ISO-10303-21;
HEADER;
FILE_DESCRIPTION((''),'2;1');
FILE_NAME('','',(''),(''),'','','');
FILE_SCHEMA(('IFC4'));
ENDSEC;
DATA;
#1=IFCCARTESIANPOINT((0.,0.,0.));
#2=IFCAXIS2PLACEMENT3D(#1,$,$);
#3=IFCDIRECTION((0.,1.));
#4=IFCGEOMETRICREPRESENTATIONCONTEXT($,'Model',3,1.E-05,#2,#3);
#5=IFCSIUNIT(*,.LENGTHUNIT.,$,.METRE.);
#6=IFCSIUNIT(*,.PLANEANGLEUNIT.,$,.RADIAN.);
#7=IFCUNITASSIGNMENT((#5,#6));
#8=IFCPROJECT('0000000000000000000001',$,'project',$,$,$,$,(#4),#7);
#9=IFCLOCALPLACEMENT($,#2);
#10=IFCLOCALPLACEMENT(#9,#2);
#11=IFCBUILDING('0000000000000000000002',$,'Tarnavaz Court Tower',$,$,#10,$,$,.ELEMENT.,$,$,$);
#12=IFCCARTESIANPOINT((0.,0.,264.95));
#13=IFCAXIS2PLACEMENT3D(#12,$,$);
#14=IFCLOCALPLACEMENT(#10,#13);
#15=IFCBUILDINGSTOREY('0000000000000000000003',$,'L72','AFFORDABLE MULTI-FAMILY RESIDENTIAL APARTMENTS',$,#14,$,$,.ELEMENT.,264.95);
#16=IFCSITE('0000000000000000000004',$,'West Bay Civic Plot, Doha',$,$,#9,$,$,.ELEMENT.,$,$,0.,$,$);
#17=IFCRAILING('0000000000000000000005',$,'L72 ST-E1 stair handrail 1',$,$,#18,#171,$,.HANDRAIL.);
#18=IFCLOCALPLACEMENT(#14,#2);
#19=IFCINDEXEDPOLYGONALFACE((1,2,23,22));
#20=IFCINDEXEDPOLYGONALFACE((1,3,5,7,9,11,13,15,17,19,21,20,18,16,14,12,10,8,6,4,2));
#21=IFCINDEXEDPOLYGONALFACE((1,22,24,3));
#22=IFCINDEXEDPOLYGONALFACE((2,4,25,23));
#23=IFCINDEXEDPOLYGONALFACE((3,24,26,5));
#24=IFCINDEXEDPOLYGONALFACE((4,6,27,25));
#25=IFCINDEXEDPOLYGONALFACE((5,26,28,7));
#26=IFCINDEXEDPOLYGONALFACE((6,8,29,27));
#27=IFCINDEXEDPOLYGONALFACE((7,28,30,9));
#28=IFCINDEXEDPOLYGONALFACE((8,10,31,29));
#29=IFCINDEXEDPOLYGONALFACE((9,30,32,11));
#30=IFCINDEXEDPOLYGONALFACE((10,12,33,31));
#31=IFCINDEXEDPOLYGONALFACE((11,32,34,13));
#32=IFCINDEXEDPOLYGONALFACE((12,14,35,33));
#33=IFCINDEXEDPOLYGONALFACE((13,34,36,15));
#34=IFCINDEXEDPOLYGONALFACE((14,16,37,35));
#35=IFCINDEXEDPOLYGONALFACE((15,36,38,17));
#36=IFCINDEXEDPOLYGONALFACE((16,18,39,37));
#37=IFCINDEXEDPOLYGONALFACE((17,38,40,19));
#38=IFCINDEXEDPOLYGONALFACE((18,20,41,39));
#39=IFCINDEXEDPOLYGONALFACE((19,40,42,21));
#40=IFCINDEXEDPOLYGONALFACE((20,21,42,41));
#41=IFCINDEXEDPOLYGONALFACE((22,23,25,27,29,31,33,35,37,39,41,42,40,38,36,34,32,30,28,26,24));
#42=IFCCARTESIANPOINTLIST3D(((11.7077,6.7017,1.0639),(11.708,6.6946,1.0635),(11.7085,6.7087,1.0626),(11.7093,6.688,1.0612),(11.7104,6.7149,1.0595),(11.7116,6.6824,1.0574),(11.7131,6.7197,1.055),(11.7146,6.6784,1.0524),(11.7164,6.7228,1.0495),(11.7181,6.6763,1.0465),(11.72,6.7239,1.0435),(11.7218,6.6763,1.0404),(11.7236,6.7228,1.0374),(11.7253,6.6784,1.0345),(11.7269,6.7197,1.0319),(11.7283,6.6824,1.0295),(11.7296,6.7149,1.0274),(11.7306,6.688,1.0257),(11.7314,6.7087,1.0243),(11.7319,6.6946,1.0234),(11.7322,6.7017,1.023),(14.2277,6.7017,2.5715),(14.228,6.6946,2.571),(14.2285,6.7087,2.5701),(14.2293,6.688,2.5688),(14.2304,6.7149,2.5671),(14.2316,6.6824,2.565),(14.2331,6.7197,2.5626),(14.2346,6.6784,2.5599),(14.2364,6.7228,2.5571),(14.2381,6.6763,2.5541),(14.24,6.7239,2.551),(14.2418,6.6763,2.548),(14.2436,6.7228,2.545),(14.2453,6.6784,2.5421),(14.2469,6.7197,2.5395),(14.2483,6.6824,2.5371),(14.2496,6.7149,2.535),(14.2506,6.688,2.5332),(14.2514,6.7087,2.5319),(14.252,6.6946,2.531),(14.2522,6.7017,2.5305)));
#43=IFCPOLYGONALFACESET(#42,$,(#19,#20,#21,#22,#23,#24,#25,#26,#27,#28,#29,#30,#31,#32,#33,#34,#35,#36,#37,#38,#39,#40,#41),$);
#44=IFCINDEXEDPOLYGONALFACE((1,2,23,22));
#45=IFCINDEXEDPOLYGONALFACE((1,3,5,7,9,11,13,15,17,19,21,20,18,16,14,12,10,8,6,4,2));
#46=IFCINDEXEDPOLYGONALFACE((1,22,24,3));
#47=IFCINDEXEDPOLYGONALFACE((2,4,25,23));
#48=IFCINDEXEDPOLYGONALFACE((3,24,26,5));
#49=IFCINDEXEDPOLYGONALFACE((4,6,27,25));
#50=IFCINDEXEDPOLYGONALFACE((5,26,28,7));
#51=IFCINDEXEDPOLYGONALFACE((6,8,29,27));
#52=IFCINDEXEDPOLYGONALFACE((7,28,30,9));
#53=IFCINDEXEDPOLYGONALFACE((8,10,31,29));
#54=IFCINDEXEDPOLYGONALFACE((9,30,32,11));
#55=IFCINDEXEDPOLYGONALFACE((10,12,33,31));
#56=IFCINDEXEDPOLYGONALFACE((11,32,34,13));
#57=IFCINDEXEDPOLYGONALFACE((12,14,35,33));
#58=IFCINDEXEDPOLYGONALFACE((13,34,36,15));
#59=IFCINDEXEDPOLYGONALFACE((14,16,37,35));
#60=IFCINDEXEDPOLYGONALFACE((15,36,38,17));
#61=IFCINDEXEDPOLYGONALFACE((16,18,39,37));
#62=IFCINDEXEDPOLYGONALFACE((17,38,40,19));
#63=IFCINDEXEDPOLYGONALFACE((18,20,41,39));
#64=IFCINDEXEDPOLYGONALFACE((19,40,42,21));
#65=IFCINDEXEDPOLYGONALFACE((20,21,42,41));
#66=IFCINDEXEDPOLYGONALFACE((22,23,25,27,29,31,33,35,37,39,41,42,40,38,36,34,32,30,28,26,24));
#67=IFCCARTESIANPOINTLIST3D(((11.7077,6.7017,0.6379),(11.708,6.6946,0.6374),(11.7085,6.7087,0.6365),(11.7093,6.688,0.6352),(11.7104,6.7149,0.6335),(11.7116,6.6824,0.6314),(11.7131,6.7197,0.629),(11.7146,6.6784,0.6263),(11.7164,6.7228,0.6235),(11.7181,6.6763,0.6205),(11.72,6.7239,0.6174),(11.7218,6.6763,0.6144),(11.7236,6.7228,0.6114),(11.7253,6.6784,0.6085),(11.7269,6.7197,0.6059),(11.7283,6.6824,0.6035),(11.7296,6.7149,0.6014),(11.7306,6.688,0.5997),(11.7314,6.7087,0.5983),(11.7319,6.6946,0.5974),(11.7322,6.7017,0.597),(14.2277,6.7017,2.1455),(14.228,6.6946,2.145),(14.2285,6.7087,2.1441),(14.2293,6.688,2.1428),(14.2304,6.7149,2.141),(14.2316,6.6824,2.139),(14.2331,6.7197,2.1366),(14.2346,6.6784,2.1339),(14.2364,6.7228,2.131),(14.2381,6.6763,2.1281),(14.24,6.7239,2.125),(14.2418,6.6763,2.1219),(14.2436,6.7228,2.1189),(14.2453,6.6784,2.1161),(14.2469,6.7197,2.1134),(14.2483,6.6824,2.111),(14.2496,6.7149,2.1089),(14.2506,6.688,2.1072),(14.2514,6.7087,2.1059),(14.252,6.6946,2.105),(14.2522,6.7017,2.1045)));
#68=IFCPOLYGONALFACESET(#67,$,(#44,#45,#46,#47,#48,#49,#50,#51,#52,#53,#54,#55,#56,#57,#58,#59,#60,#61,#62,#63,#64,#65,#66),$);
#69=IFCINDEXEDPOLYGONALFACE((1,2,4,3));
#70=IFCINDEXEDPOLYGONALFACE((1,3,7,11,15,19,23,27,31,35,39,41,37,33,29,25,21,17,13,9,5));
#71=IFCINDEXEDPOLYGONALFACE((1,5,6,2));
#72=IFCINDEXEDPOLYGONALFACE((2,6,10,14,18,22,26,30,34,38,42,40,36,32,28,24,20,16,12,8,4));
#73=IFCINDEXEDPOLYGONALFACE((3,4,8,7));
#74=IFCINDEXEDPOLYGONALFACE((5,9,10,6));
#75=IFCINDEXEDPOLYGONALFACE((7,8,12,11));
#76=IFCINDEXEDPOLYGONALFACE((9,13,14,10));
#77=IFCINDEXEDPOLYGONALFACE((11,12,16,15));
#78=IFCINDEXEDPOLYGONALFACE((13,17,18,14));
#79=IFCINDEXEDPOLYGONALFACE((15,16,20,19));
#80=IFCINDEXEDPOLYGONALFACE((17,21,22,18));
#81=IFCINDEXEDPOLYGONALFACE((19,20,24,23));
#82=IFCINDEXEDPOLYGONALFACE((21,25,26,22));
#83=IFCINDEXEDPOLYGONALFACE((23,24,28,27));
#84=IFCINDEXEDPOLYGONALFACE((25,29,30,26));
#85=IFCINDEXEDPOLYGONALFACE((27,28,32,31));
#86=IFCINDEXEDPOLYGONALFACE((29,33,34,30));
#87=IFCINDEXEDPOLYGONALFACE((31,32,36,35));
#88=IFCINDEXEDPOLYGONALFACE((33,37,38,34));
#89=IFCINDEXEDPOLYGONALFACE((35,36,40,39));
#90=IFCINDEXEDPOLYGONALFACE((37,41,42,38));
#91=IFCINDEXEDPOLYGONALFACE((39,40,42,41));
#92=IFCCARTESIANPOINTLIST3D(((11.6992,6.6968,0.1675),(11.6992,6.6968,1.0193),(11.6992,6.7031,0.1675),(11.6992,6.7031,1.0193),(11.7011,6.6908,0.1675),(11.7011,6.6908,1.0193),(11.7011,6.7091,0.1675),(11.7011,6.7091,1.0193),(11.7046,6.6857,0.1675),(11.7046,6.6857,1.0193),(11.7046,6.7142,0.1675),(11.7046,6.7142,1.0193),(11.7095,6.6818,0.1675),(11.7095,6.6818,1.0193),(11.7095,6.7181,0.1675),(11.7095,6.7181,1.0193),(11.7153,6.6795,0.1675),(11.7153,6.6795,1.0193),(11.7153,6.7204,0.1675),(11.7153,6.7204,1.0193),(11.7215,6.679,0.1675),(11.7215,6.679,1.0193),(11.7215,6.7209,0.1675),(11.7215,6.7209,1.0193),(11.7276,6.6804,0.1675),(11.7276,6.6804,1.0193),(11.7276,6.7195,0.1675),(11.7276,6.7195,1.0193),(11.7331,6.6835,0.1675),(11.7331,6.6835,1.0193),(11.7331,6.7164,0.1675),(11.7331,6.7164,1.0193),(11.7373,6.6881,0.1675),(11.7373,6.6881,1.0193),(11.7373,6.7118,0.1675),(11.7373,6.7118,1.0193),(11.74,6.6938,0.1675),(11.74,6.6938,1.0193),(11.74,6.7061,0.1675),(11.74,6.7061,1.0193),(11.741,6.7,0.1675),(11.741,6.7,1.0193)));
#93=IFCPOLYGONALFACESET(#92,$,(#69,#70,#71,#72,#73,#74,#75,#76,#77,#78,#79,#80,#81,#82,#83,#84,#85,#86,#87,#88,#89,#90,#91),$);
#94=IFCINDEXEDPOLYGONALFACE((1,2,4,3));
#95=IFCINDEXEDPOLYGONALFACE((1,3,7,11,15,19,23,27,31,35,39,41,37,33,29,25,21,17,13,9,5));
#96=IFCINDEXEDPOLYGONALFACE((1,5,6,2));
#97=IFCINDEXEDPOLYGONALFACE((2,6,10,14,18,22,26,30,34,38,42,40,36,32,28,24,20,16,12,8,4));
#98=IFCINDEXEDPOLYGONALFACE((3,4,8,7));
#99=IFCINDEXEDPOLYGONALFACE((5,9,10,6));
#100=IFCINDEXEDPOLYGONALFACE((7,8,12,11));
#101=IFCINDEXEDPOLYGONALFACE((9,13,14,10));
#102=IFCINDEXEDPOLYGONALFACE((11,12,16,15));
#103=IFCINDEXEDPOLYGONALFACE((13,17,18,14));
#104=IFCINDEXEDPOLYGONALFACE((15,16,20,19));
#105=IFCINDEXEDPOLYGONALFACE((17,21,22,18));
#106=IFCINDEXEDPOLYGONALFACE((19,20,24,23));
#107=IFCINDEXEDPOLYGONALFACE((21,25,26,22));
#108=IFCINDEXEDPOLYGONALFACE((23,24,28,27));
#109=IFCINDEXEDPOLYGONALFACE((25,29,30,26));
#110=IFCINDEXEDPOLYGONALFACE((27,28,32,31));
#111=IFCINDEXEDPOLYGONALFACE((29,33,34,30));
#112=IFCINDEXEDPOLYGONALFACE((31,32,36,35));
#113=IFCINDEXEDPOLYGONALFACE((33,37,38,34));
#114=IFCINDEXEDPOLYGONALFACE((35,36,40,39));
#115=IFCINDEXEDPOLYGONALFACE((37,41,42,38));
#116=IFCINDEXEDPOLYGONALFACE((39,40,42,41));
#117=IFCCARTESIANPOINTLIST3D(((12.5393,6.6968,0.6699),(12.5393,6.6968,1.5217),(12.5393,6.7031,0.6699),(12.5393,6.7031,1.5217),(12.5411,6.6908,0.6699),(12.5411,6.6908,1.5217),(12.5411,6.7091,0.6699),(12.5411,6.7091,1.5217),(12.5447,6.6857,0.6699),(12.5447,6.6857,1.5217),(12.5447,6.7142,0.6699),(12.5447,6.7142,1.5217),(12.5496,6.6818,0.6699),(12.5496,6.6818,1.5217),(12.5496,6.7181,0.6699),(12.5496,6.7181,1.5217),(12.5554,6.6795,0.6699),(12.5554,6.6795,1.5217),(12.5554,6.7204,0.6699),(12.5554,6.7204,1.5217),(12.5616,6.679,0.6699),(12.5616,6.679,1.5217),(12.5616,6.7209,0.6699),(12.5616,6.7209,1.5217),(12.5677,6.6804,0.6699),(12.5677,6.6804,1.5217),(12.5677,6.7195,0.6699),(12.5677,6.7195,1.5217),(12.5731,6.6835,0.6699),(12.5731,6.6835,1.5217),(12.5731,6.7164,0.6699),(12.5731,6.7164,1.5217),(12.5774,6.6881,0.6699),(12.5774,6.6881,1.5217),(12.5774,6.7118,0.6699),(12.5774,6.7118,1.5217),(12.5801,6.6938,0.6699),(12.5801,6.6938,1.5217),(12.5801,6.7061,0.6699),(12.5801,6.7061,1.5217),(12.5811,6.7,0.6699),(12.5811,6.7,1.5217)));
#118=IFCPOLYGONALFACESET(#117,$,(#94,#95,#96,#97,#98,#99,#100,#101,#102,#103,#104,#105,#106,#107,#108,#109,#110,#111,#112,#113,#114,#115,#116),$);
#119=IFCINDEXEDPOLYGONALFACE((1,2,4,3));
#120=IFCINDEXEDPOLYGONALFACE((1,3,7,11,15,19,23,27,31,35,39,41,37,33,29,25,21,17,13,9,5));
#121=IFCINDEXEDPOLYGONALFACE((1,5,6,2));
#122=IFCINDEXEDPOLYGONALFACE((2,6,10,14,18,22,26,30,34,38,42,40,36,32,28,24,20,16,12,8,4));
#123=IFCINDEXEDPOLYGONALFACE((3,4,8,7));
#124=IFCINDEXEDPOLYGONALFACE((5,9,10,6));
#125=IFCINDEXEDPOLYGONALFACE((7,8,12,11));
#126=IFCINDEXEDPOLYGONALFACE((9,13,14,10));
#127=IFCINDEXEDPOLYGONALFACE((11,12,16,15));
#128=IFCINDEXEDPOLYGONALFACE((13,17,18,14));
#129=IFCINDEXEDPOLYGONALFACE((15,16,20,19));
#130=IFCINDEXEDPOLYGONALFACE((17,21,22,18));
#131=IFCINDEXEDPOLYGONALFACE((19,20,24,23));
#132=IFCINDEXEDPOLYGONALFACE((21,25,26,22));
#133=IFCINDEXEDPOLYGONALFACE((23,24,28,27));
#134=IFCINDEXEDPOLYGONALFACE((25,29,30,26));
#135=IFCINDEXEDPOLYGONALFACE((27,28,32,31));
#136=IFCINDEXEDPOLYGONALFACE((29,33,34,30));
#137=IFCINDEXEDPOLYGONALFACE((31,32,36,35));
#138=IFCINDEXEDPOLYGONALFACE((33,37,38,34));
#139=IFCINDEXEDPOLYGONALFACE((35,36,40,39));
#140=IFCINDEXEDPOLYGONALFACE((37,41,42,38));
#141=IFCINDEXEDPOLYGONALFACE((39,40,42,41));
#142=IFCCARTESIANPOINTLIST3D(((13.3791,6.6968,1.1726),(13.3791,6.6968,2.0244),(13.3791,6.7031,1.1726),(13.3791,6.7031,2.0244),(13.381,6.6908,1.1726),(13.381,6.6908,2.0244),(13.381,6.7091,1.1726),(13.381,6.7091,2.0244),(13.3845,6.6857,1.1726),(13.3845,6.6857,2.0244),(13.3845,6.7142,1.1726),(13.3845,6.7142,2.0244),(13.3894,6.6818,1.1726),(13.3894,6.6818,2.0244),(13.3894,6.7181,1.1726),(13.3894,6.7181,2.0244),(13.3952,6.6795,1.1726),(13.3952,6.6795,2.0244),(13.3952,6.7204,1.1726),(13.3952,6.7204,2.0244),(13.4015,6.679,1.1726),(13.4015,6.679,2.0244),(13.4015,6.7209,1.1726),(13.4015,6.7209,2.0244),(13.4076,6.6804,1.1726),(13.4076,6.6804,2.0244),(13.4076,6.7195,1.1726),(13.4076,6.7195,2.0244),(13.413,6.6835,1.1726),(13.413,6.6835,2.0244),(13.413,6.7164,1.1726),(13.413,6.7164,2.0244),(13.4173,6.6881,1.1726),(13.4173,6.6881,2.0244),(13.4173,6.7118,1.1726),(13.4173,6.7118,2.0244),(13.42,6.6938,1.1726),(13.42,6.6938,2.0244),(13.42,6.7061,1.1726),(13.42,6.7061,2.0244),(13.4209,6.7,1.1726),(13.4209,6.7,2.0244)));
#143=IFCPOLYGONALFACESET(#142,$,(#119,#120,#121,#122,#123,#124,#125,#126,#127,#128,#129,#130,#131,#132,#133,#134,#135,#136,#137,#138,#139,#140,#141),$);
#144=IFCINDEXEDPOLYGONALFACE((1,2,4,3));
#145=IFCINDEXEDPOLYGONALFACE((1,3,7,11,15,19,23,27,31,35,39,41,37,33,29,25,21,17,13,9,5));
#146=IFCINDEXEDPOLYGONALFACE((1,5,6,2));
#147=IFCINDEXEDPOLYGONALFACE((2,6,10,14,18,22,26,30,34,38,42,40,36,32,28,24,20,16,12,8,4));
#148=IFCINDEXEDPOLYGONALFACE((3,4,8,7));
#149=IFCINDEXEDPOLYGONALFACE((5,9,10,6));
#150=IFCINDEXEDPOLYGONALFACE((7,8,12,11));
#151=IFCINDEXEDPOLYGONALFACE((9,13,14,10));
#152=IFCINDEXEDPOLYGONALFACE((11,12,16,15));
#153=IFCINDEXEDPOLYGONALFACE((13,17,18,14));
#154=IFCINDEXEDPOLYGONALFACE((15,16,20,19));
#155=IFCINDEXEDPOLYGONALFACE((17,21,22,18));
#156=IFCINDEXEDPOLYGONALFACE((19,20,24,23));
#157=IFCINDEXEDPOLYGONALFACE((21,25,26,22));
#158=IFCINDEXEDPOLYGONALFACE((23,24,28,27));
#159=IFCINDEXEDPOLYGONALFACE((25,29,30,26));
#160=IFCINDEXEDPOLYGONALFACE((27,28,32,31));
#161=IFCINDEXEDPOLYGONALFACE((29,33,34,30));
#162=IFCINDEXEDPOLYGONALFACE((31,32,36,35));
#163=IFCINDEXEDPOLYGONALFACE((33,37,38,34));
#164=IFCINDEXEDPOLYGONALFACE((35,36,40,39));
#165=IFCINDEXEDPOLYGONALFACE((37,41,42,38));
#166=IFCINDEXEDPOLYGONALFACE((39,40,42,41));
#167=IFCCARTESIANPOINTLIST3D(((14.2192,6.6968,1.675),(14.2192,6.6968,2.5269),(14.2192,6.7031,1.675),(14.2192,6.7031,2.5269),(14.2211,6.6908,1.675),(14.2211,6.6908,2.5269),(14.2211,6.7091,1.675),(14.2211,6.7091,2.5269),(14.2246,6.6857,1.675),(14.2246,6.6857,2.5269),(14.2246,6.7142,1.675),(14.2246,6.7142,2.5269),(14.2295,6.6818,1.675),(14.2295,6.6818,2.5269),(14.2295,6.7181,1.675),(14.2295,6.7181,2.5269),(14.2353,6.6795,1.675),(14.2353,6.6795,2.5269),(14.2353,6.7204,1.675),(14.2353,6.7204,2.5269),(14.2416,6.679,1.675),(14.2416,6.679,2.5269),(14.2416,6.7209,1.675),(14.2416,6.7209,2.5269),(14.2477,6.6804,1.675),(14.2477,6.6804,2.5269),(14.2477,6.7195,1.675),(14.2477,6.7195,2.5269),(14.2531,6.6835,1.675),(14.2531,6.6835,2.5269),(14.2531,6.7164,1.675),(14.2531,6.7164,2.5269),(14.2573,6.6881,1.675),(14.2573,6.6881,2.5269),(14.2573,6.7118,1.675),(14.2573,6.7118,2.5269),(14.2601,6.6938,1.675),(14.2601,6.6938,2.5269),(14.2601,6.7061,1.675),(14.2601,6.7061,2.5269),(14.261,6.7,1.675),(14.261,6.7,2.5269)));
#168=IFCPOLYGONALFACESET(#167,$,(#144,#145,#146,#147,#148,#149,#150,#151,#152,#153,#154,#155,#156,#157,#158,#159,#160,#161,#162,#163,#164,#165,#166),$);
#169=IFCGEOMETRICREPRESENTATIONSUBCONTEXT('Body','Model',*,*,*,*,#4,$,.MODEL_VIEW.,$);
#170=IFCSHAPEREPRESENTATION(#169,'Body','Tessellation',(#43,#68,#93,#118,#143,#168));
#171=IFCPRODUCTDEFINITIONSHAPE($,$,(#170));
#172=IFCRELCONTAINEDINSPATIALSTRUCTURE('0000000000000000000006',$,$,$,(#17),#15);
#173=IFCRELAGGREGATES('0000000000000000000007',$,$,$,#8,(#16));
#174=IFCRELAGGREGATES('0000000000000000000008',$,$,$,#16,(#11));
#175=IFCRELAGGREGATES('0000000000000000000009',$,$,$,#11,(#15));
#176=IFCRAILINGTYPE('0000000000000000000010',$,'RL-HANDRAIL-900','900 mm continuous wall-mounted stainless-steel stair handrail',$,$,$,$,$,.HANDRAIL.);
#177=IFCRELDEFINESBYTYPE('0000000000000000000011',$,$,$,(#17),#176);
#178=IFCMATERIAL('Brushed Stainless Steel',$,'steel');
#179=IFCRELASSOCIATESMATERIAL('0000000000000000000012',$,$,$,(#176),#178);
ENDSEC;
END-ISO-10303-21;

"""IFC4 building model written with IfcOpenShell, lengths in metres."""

from ifc_helpers import new_model, si_unit, direction, frame, origin, origin_2d, place, context, subcontext, project, spatial, circle, extrude, material, type_object, element, save


model = new_model("IFC4")

# Units and contexts
model_context = context("Model", 3, precision=1e-05, world=origin(), true_north=direction((0.0, 1.0)))
body_context = subcontext(model_context, "Body", "Model", "MODEL_VIEW")
ifc_project = project(units=[si_unit("LENGTHUNIT", "METRE"), si_unit("PLANEANGLEUNIT", "RADIAN")], contexts=[model_context])

# Site, building, storey
site_placement = place(None, origin())
site = spatial("IfcSite", under=ifc_project, at=site_placement, Name="West Bay Civic Plot, Doha", CompositionType="ELEMENT", RefElevation=0.0)
building_placement = place(site_placement, origin())
building = spatial("IfcBuilding", under=site, at=building_placement, Name="Tarnavaz Court Tower", CompositionType="ELEMENT")
storey_placement = place(building_placement, frame((0.0, 0.0, 264.95)))
storey = spatial("IfcBuildingStorey", under=building, at=storey_placement, Name="L72", Description="AFFORDABLE MULTI-FAMILY RESIDENTIAL APARTMENTS", CompositionType="ELEMENT", Elevation=264.95)

# Railing
ifc_material_1 = material(Name="Brushed Stainless Steel", Category="steel")
railing_type_1 = type_object("IfcRailingType", Name="RL-HANDRAIL-900", Description="900 mm continuous wall-mounted stainless-steel stair handrail", PredefinedType="HANDRAIL", material=ifc_material_1)
railing_1_placement = place(storey_placement, frame((11.72, 6.7, 0.1675)))
element("IfcRailing", 1, at=railing_1_placement, inside=storey, type_object=railing_type_1, Name="L72 ST-E1 stair handrail 1", PredefinedType="HANDRAIL", context=body_context, shape_type="SweptSolid", body=[
    extrude(circle(Radius=0.0239, at=origin_2d()), frame((0.0, 0.0, 0.876), z_axis=(0.85816, 0.0, 0.513383), x_axis=(0.0, 1.0, 0.0)), (0.0, 0.0, 1.0), 2.9365),
    extrude(circle(Radius=0.0239, at=origin_2d()), frame((0.0, 0.0, 0.45), z_axis=(0.85816, 0.0, 0.513383), x_axis=(0.0, 1.0, 0.0)), (0.0, 0.0, 1.0), 2.9365),
    extrude(circle(Radius=0.021, at=origin_2d()), origin(), (0.0, 0.0, 1.0), 0.8518),
    extrude(circle(Radius=0.021, at=origin_2d()), frame((0.8401, 0.0, 0.5024)), (0.0, 0.0, 1.0), 0.8518),
    extrude(circle(Radius=0.021, at=origin_2d()), frame((1.6799, 0.0, 1.0051)), (0.0, 0.0, 1.0), 0.8518),
    extrude(circle(Radius=0.021, at=origin_2d()), frame((2.52, 0.0, 1.5076)), (0.0, 0.0, 1.0), 0.8518),
])

save(model, "model.ifc")
